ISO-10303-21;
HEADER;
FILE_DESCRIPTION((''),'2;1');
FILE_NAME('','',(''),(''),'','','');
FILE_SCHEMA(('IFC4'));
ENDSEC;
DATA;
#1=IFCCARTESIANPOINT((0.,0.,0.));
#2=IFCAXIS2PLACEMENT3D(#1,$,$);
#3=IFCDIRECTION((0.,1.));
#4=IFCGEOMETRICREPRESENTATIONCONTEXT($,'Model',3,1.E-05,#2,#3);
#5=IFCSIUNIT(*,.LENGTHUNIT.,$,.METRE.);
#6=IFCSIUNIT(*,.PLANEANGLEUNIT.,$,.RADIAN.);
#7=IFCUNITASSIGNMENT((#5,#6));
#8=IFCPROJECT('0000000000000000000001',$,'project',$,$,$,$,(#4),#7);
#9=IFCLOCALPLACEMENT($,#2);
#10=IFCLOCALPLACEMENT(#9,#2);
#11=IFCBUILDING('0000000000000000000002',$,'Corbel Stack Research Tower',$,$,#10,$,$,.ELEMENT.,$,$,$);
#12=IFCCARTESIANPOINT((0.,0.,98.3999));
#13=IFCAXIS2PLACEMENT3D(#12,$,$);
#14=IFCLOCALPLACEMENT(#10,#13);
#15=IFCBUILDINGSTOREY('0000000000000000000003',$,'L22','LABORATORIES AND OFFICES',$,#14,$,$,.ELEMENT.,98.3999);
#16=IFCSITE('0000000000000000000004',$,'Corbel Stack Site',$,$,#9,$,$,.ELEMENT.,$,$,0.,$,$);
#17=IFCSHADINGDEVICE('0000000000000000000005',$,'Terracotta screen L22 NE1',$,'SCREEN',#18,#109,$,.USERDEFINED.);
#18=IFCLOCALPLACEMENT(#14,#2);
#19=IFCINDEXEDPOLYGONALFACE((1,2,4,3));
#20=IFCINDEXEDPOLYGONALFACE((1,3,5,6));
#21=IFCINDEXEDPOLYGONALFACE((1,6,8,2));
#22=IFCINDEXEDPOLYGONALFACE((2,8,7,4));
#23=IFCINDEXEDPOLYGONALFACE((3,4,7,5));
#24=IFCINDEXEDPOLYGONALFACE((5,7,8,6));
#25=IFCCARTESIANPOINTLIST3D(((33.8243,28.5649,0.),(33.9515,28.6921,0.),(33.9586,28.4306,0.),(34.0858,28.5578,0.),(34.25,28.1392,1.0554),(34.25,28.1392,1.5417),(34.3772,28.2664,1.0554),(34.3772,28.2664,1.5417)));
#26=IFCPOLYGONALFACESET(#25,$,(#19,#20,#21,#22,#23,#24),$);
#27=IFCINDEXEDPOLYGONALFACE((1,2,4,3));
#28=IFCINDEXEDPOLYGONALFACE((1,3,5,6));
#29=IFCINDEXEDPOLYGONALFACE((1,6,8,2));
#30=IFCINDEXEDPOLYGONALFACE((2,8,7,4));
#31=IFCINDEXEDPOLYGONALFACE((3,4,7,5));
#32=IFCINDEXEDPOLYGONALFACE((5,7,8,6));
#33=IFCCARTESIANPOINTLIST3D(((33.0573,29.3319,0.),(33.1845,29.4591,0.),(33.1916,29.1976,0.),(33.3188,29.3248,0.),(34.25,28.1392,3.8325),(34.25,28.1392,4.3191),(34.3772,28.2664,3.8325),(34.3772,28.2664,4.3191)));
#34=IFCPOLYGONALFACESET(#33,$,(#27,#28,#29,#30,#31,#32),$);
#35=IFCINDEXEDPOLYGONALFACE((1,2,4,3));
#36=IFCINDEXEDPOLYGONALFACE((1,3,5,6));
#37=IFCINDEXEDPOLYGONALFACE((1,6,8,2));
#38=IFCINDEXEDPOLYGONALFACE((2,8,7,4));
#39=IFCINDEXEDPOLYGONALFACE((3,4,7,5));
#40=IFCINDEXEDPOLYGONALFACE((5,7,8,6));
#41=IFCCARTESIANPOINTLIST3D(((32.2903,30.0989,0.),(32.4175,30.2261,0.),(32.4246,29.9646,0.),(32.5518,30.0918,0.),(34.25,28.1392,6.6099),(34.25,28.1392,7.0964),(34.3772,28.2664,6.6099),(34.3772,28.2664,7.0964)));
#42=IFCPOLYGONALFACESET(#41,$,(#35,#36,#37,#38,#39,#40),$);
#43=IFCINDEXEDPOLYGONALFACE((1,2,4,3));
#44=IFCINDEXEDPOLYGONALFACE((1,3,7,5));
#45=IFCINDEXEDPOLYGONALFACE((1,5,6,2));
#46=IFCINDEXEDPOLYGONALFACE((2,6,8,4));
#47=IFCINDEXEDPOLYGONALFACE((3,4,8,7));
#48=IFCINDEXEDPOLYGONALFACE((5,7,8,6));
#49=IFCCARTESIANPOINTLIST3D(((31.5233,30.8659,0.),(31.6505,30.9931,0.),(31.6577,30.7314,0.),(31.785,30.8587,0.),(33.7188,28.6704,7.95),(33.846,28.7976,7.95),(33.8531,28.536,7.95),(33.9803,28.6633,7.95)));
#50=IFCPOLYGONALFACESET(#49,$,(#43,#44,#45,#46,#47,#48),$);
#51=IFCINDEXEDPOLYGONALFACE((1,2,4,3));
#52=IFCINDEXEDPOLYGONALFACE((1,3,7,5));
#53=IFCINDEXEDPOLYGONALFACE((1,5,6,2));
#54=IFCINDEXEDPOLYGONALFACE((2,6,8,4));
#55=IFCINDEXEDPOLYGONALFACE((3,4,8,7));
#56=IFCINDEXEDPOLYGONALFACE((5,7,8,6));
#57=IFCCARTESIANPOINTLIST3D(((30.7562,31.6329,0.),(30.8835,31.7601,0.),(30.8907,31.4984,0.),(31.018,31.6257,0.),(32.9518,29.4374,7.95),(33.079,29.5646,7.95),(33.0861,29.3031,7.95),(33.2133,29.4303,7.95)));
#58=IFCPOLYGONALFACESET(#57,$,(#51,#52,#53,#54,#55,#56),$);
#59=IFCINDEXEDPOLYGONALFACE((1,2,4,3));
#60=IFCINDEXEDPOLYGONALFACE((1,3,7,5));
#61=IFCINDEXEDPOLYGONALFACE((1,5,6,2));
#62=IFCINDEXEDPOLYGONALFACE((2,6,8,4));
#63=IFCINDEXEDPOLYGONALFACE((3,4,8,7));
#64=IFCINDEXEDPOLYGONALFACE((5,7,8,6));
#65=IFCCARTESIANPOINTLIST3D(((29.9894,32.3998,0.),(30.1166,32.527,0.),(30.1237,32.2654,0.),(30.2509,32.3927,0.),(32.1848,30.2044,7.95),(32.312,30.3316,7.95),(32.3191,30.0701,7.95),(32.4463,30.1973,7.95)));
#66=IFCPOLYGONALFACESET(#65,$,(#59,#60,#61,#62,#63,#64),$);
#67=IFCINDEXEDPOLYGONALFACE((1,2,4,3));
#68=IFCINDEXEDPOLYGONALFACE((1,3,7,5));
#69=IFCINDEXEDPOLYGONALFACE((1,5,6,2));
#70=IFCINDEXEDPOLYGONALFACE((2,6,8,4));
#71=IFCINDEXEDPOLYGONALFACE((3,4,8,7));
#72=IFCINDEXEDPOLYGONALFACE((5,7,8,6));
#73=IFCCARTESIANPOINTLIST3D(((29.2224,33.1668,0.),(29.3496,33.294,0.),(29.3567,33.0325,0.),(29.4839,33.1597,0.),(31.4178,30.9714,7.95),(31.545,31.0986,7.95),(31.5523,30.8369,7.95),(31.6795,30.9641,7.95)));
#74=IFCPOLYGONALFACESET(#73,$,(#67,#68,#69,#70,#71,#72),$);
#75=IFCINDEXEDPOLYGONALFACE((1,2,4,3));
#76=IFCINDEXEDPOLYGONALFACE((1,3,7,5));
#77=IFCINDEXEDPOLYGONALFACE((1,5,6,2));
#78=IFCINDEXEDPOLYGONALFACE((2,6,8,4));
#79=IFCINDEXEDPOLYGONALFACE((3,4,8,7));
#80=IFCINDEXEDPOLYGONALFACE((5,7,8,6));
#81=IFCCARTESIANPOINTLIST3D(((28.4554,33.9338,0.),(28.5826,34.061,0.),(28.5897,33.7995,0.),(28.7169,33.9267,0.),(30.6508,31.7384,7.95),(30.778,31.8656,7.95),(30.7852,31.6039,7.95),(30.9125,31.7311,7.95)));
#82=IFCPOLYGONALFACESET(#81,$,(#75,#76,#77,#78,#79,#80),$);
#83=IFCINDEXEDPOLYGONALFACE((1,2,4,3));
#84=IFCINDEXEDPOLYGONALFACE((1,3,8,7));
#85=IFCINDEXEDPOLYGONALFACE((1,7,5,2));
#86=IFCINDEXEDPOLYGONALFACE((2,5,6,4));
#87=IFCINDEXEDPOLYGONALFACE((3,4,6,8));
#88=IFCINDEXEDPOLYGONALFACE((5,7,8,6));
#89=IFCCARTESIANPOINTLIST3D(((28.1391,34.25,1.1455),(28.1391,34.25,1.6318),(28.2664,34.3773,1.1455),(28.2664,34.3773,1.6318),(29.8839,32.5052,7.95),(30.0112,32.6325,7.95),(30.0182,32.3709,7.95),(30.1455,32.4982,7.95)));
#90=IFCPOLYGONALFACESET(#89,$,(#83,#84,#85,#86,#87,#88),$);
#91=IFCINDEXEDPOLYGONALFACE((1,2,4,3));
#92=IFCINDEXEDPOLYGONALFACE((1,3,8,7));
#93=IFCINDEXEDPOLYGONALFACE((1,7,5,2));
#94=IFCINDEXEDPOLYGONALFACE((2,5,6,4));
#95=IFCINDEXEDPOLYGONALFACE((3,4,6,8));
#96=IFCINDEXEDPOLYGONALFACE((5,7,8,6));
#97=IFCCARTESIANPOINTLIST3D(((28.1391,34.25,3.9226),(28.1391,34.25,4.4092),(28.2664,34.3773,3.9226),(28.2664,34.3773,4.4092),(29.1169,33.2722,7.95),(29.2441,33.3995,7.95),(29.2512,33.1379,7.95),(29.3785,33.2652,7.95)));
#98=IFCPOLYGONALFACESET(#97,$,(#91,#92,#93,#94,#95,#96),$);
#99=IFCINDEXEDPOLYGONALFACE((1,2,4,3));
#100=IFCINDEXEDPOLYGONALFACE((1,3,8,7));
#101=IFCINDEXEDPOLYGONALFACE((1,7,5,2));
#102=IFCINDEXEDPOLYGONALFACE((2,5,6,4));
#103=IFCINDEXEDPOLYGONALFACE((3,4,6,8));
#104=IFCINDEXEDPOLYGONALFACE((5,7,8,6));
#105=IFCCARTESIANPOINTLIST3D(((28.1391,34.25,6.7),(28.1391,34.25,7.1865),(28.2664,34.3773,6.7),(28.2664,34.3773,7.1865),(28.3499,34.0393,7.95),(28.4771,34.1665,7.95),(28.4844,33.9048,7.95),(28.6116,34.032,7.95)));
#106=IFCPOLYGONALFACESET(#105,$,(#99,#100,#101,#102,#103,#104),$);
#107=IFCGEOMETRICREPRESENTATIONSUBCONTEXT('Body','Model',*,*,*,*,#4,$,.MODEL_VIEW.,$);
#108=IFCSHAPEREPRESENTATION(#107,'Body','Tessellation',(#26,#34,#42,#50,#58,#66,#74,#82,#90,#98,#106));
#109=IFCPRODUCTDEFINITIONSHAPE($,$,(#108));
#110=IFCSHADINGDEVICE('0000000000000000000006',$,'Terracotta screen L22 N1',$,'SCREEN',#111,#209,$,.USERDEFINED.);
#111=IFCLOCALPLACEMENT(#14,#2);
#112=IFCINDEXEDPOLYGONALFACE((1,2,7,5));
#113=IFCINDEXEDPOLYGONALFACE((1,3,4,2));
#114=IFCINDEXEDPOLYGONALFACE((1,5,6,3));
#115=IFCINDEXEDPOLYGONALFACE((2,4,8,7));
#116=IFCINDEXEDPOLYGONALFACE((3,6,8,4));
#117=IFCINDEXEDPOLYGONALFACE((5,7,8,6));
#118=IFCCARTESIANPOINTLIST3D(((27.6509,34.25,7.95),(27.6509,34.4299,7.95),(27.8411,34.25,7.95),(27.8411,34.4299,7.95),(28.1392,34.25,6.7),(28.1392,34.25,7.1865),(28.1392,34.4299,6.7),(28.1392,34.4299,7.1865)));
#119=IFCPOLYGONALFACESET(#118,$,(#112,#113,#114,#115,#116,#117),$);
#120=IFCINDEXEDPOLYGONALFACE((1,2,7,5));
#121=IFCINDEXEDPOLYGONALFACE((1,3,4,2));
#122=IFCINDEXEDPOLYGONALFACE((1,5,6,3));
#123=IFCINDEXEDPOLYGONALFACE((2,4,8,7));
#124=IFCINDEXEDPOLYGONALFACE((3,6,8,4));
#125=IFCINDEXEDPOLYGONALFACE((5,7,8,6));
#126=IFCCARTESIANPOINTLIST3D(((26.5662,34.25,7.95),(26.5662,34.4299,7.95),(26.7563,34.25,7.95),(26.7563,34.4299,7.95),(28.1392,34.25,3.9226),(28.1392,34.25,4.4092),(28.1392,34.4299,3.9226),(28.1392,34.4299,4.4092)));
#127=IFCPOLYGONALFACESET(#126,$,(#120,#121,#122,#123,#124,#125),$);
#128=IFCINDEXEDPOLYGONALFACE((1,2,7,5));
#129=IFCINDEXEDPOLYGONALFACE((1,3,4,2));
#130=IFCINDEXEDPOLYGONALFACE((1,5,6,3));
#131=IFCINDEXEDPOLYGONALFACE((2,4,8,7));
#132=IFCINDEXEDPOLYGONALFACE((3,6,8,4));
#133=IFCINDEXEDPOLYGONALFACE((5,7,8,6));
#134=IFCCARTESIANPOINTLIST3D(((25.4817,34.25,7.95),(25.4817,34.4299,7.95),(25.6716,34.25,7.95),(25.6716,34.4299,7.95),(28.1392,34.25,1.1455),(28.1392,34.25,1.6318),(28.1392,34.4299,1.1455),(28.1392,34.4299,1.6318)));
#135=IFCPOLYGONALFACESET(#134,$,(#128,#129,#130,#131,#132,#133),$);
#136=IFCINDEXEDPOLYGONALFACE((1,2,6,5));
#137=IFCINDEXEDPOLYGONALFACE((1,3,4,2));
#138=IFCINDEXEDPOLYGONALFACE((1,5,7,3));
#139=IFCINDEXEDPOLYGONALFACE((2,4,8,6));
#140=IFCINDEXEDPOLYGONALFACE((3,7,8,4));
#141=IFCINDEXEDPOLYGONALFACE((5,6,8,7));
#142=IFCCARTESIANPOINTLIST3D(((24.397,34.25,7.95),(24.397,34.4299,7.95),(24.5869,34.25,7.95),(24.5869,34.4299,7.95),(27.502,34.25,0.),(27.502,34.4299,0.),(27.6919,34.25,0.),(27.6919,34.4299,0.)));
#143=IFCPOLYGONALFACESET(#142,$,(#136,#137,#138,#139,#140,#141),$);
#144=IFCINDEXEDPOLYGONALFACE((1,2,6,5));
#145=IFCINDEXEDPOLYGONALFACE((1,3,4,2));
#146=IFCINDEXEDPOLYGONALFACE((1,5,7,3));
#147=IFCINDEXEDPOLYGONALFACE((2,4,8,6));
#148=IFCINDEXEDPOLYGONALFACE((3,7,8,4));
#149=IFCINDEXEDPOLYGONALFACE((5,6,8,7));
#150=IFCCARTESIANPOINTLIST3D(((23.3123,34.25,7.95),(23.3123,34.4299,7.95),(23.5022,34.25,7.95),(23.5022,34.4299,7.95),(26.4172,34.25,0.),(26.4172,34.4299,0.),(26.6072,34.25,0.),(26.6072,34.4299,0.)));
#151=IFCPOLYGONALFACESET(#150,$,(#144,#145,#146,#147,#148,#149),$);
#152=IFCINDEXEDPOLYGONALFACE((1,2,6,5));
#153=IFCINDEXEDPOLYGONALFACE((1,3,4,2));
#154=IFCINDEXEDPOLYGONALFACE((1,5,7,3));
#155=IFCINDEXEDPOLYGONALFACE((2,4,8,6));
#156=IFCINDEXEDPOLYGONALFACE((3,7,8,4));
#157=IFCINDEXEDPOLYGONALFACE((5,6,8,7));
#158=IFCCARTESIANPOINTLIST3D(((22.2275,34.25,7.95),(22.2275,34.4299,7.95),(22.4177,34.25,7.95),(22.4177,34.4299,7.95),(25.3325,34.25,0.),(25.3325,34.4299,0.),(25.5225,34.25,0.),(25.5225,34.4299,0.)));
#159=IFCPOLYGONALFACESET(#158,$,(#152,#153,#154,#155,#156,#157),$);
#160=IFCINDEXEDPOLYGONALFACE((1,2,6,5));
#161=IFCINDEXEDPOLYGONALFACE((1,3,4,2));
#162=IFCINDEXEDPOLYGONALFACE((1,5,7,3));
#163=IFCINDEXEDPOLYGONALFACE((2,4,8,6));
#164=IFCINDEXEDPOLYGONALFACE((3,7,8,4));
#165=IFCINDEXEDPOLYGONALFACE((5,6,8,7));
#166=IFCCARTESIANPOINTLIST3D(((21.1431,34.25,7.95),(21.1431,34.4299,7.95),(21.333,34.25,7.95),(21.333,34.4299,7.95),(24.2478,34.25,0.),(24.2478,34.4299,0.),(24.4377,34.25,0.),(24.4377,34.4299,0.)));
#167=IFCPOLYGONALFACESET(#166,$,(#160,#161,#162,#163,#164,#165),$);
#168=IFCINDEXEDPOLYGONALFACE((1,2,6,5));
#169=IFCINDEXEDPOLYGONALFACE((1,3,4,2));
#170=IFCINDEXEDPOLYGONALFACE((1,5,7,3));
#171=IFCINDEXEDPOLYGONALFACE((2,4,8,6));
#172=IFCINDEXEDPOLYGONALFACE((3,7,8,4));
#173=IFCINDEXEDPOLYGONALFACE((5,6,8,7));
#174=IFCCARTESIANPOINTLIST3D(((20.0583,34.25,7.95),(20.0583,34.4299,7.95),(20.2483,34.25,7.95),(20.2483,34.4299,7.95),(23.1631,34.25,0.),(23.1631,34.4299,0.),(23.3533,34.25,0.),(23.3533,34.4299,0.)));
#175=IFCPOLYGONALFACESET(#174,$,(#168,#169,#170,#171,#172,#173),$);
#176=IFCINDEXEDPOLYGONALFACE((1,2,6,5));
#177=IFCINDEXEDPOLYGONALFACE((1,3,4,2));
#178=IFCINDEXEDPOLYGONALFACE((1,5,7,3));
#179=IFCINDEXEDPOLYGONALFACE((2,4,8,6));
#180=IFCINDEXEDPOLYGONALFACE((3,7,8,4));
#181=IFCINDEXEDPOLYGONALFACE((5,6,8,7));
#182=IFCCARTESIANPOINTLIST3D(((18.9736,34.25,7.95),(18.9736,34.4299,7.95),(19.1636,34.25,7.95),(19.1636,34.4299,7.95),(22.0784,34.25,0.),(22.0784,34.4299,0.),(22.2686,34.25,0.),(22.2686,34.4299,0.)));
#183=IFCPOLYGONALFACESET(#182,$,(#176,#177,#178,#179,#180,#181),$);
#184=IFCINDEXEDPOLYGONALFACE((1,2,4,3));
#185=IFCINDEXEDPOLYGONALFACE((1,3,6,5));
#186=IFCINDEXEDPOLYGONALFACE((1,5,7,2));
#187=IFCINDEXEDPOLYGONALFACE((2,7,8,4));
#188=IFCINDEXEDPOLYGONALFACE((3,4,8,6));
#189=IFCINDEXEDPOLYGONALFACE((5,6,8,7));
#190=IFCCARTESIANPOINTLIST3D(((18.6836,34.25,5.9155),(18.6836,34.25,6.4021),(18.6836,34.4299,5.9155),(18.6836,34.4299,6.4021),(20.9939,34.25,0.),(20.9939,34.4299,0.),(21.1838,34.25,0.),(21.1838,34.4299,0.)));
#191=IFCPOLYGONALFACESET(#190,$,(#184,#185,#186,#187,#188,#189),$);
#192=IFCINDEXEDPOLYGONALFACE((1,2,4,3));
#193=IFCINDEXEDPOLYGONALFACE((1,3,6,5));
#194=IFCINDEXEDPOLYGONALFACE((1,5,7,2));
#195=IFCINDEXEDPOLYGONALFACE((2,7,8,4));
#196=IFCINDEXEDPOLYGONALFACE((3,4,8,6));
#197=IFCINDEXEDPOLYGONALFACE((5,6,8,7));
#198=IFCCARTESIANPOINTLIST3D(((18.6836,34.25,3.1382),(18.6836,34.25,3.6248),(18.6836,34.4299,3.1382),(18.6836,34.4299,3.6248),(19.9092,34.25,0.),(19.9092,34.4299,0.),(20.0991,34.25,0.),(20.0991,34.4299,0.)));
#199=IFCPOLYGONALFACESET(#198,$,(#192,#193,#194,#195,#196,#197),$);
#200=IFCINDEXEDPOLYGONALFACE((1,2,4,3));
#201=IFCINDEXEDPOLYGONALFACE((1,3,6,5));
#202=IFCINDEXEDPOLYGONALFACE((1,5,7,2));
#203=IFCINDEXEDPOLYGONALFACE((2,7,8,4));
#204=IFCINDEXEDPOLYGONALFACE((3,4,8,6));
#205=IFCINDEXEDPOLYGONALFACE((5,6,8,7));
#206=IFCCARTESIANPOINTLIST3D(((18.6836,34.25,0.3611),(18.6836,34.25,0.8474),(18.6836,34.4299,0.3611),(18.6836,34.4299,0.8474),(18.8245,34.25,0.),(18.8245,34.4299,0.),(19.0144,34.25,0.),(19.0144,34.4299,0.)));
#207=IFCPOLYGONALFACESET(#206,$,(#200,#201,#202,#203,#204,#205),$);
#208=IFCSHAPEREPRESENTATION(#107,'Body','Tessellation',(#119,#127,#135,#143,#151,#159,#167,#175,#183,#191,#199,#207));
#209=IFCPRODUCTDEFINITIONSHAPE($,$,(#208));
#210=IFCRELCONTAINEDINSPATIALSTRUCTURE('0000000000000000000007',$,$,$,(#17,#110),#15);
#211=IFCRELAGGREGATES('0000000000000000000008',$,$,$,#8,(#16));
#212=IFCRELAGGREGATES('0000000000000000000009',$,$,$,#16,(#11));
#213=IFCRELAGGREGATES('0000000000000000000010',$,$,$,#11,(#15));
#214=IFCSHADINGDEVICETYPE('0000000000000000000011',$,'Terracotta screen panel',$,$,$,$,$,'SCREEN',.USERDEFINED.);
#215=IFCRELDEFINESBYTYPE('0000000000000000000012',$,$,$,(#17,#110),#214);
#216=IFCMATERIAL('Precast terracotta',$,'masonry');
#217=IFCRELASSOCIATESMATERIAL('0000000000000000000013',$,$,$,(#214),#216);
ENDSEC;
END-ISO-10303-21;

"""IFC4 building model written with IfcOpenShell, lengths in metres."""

from ifc_helpers import new_model, si_unit, direction, frame, origin, place, context, subcontext, project, spatial, polyline, outline, extrude, source, transform, mapped, material, type_object, element, save


model = new_model("IFC4")

# Units and contexts
model_context = context("Model", 3, precision=1e-05, world=origin(), true_north=direction((0.0, 1.0)))
body_context = subcontext(model_context, "Body", "Model", "MODEL_VIEW")
ifc_project = project(units=[si_unit("LENGTHUNIT", "METRE"), si_unit("PLANEANGLEUNIT", "RADIAN")], contexts=[model_context])

# Site, building, storey
site_placement = place(None, origin())
site = spatial("IfcSite", under=ifc_project, at=site_placement, Name="Corbel Stack Site", CompositionType="ELEMENT", RefElevation=0.0)
building_placement = place(site_placement, origin())
building = spatial("IfcBuilding", under=site, at=building_placement, Name="Corbel Stack Research Tower", CompositionType="ELEMENT")
storey_placement = place(building_placement, frame((0.0, 0.0, 98.3999)))
storey = spatial("IfcBuildingStorey", under=building, at=storey_placement, Name="L22", Description="LABORATORIES AND OFFICES", CompositionType="ELEMENT", Elevation=98.3999)

# Shading devices
ifc_material_1 = material(Name="Precast terracotta", Category="masonry")
shading_device_type = type_object("IfcShadingDeviceType", Name="Terracotta screen panel", ElementType="SCREEN", PredefinedType="USERDEFINED", material=ifc_material_1)
shared_shape_1 = source(origin(), body_context, "Body", "SweptSolid", [
    extrude(outline(polyline([(0.6021, 0.0), (0.0, 1.5417), (0.0, 1.0554), (0.4121, 0.0), (0.6021, 0.0)])), frame((0.0, 0.0, 0.0), z_axis=(0.0, -1.0, 0.0), x_axis=(1.0, 0.0, 0.0)), (0.0, 0.0, 1.0), 0.1799),
    extrude(outline(polyline([(1.6868, 0.0), (0.0, 4.3191), (0.0, 3.8325), (1.4968, 0.0), (1.6868, 0.0)])), frame((0.0, 0.0, 0.0), z_axis=(0.0, -1.0, 0.0), x_axis=(1.0, 0.0, 0.0)), (0.0, 0.0, 1.0), 0.1799),
    extrude(outline(polyline([(2.7715, 0.0), (0.0, 7.0964), (0.0, 6.6099), (2.5815, 0.0), (2.7715, 0.0)])), frame((0.0, 0.0, 0.0), z_axis=(0.0, -1.0, 0.0), x_axis=(1.0, 0.0, 0.0)), (0.0, 0.0, 1.0), 0.1799),
    extrude(outline(polyline([(3.8562, 0.0), (0.7512, 7.95), (0.5613, 7.95), (3.666, 0.0), (3.8562, 0.0)])), frame((0.0, 0.0, 0.0), z_axis=(0.0, -1.0, 0.0), x_axis=(1.0, 0.0, 0.0)), (0.0, 0.0, 1.0), 0.1799),
    extrude(outline(polyline([(4.9409, 0.0), (1.8359, 7.95), (1.646, 7.95), (4.7507, 0.0), (4.9409, 0.0)])), frame((0.0, 0.0, 0.0), z_axis=(0.0, -1.0, 0.0), x_axis=(1.0, 0.0, 0.0)), (0.0, 0.0, 1.0), 0.1799),
    extrude(outline(polyline([(6.0254, 0.0), (2.9207, 7.95), (2.7307, 7.95), (5.8354, 0.0), (6.0254, 0.0)])), frame((0.0, 0.0, 0.0), z_axis=(0.0, -1.0, 0.0), x_axis=(1.0, 0.0, 0.0)), (0.0, 0.0, 1.0), 0.1799),
    extrude(outline(polyline([(7.1101, 0.0), (4.0054, 7.95), (3.8152, 7.95), (6.9202, 0.0), (7.1101, 0.0)])), frame((0.0, 0.0, 0.0), z_axis=(0.0, -1.0, 0.0), x_axis=(1.0, 0.0, 0.0)), (0.0, 0.0, 1.0), 0.1799),
    extrude(outline(polyline([(8.1948, 0.0), (5.0901, 7.95), (4.8999, 7.95), (8.0049, 0.0), (8.1948, 0.0)])), frame((0.0, 0.0, 0.0), z_axis=(0.0, -1.0, 0.0), x_axis=(1.0, 0.0, 0.0)), (0.0, 0.0, 1.0), 0.1799),
    extrude(outline(polyline([(6.1746, 7.95), (5.9846, 7.95), (8.6421, 1.1455), (8.6421, 1.6318), (6.1746, 7.95)])), frame((0.0, 0.0, 0.0), z_axis=(0.0, -1.0, 0.0), x_axis=(1.0, 0.0, 0.0)), (0.0, 0.0, 1.0), 0.1799),
    extrude(outline(polyline([(7.2593, 7.95), (7.0693, 7.95), (8.6421, 3.9226), (8.6421, 4.4092), (7.2593, 7.95)])), frame((0.0, 0.0, 0.0), z_axis=(0.0, -1.0, 0.0), x_axis=(1.0, 0.0, 0.0)), (0.0, 0.0, 1.0), 0.1799),
    extrude(outline(polyline([(8.344, 7.95), (8.1538, 7.95), (8.6421, 6.7), (8.6421, 7.1865), (8.344, 7.95)])), frame((0.0, 0.0, 0.0), z_axis=(0.0, -1.0, 0.0), x_axis=(1.0, 0.0, 0.0)), (0.0, 0.0, 1.0), 0.1799),
])
shading_device_1_placement = place(storey_placement, frame((34.25, 28.1392, 0.0), z_axis=(0.0, 0.0, 1.0), x_axis=(-0.707107, 0.707107, 0.0)))
element("IfcShadingDevice", 1, at=shading_device_1_placement, inside=storey, type_object=shading_device_type, Name="Terracotta screen L22 NE1", ObjectType="SCREEN", PredefinedType="USERDEFINED", context=body_context, shape_type="MappedRepresentation", body=[
    mapped(shared_shape_1, transform((0.0, 0.0, 0.0))),
])
shared_shape_2 = source(origin(), body_context, "Body", "SweptSolid", [
    extrude(outline(polyline([(0.4883, 7.95), (0.2981, 7.95), (0.0, 7.1865), (0.0, 6.7), (0.4883, 7.95)])), frame((0.0, 0.0, 0.0), z_axis=(0.0, -1.0, 0.0), x_axis=(1.0, 0.0, 0.0)), (0.0, 0.0, 1.0), 0.1799),
    extrude(outline(polyline([(1.573, 7.95), (1.3828, 7.95), (0.0, 4.4092), (0.0, 3.9226), (1.573, 7.95)])), frame((0.0, 0.0, 0.0), z_axis=(0.0, -1.0, 0.0), x_axis=(1.0, 0.0, 0.0)), (0.0, 0.0, 1.0), 0.1799),
    extrude(outline(polyline([(2.6575, 7.95), (2.4675, 7.95), (0.0, 1.6318), (0.0, 1.1455), (2.6575, 7.95)])), frame((0.0, 0.0, 0.0), z_axis=(0.0, -1.0, 0.0), x_axis=(1.0, 0.0, 0.0)), (0.0, 0.0, 1.0), 0.1799),
    extrude(outline(polyline([(0.6372, 0.0), (3.7422, 7.95), (3.5522, 7.95), (0.4473, 0.0), (0.6372, 0.0)])), frame((0.0, 0.0, 0.0), z_axis=(0.0, -1.0, 0.0), x_axis=(1.0, 0.0, 0.0)), (0.0, 0.0, 1.0), 0.1799),
    extrude(outline(polyline([(1.7219, 0.0), (4.8269, 7.95), (4.637, 7.95), (1.532, 0.0), (1.7219, 0.0)])), frame((0.0, 0.0, 0.0), z_axis=(0.0, -1.0, 0.0), x_axis=(1.0, 0.0, 0.0)), (0.0, 0.0, 1.0), 0.1799),
    extrude(outline(polyline([(2.8066, 0.0), (5.9116, 7.95), (5.7214, 7.95), (2.6167, 0.0), (2.8066, 0.0)])), frame((0.0, 0.0, 0.0), z_axis=(0.0, -1.0, 0.0), x_axis=(1.0, 0.0, 0.0)), (0.0, 0.0, 1.0), 0.1799),
    extrude(outline(polyline([(3.8914, 0.0), (6.9961, 7.95), (6.8062, 7.95), (3.7014, 0.0), (3.8914, 0.0)])), frame((0.0, 0.0, 0.0), z_axis=(0.0, -1.0, 0.0), x_axis=(1.0, 0.0, 0.0)), (0.0, 0.0, 1.0), 0.1799),
    extrude(outline(polyline([(4.9761, 0.0), (8.0808, 7.95), (7.8909, 7.95), (4.7859, 0.0), (4.9761, 0.0)])), frame((0.0, 0.0, 0.0), z_axis=(0.0, -1.0, 0.0), x_axis=(1.0, 0.0, 0.0)), (0.0, 0.0, 1.0), 0.1799),
    extrude(outline(polyline([(6.0608, 0.0), (9.1655, 7.95), (8.9756, 7.95), (5.8706, 0.0), (6.0608, 0.0)])), frame((0.0, 0.0, 0.0), z_axis=(0.0, -1.0, 0.0), x_axis=(1.0, 0.0, 0.0)), (0.0, 0.0, 1.0), 0.1799),
    extrude(outline(polyline([(7.1453, 0.0), (9.4556, 5.9155), (9.4556, 6.4021), (6.9553, 0.0), (7.1453, 0.0)])), frame((0.0, 0.0, 0.0), z_axis=(0.0, -1.0, 0.0), x_axis=(1.0, 0.0, 0.0)), (0.0, 0.0, 1.0), 0.1799),
    extrude(outline(polyline([(8.23, 0.0), (9.4556, 3.1382), (9.4556, 3.6248), (8.04, 0.0), (8.23, 0.0)])), frame((0.0, 0.0, 0.0), z_axis=(0.0, -1.0, 0.0), x_axis=(1.0, 0.0, 0.0)), (0.0, 0.0, 1.0), 0.1799),
    extrude(outline(polyline([(9.3147, 0.0), (9.4556, 0.3611), (9.4556, 0.8474), (9.1248, 0.0), (9.3147, 0.0)])), frame((0.0, 0.0, 0.0), z_axis=(0.0, -1.0, 0.0), x_axis=(1.0, 0.0, 0.0)), (0.0, 0.0, 1.0), 0.1799),
])
shading_device_2_placement = place(storey_placement, frame((28.1392, 34.25, 0.0), z_axis=(0.0, 0.0, 1.0), x_axis=(-1.0, 0.0, 0.0)))
element("IfcShadingDevice", 2, at=shading_device_2_placement, inside=storey, type_object=shading_device_type, Name="Terracotta screen L22 N1", ObjectType="SCREEN", PredefinedType="USERDEFINED", context=body_context, shape_type="MappedRepresentation", body=[
    mapped(shared_shape_2, transform((0.0, 0.0, 0.0))),
])

save(model, "model.ifc")
